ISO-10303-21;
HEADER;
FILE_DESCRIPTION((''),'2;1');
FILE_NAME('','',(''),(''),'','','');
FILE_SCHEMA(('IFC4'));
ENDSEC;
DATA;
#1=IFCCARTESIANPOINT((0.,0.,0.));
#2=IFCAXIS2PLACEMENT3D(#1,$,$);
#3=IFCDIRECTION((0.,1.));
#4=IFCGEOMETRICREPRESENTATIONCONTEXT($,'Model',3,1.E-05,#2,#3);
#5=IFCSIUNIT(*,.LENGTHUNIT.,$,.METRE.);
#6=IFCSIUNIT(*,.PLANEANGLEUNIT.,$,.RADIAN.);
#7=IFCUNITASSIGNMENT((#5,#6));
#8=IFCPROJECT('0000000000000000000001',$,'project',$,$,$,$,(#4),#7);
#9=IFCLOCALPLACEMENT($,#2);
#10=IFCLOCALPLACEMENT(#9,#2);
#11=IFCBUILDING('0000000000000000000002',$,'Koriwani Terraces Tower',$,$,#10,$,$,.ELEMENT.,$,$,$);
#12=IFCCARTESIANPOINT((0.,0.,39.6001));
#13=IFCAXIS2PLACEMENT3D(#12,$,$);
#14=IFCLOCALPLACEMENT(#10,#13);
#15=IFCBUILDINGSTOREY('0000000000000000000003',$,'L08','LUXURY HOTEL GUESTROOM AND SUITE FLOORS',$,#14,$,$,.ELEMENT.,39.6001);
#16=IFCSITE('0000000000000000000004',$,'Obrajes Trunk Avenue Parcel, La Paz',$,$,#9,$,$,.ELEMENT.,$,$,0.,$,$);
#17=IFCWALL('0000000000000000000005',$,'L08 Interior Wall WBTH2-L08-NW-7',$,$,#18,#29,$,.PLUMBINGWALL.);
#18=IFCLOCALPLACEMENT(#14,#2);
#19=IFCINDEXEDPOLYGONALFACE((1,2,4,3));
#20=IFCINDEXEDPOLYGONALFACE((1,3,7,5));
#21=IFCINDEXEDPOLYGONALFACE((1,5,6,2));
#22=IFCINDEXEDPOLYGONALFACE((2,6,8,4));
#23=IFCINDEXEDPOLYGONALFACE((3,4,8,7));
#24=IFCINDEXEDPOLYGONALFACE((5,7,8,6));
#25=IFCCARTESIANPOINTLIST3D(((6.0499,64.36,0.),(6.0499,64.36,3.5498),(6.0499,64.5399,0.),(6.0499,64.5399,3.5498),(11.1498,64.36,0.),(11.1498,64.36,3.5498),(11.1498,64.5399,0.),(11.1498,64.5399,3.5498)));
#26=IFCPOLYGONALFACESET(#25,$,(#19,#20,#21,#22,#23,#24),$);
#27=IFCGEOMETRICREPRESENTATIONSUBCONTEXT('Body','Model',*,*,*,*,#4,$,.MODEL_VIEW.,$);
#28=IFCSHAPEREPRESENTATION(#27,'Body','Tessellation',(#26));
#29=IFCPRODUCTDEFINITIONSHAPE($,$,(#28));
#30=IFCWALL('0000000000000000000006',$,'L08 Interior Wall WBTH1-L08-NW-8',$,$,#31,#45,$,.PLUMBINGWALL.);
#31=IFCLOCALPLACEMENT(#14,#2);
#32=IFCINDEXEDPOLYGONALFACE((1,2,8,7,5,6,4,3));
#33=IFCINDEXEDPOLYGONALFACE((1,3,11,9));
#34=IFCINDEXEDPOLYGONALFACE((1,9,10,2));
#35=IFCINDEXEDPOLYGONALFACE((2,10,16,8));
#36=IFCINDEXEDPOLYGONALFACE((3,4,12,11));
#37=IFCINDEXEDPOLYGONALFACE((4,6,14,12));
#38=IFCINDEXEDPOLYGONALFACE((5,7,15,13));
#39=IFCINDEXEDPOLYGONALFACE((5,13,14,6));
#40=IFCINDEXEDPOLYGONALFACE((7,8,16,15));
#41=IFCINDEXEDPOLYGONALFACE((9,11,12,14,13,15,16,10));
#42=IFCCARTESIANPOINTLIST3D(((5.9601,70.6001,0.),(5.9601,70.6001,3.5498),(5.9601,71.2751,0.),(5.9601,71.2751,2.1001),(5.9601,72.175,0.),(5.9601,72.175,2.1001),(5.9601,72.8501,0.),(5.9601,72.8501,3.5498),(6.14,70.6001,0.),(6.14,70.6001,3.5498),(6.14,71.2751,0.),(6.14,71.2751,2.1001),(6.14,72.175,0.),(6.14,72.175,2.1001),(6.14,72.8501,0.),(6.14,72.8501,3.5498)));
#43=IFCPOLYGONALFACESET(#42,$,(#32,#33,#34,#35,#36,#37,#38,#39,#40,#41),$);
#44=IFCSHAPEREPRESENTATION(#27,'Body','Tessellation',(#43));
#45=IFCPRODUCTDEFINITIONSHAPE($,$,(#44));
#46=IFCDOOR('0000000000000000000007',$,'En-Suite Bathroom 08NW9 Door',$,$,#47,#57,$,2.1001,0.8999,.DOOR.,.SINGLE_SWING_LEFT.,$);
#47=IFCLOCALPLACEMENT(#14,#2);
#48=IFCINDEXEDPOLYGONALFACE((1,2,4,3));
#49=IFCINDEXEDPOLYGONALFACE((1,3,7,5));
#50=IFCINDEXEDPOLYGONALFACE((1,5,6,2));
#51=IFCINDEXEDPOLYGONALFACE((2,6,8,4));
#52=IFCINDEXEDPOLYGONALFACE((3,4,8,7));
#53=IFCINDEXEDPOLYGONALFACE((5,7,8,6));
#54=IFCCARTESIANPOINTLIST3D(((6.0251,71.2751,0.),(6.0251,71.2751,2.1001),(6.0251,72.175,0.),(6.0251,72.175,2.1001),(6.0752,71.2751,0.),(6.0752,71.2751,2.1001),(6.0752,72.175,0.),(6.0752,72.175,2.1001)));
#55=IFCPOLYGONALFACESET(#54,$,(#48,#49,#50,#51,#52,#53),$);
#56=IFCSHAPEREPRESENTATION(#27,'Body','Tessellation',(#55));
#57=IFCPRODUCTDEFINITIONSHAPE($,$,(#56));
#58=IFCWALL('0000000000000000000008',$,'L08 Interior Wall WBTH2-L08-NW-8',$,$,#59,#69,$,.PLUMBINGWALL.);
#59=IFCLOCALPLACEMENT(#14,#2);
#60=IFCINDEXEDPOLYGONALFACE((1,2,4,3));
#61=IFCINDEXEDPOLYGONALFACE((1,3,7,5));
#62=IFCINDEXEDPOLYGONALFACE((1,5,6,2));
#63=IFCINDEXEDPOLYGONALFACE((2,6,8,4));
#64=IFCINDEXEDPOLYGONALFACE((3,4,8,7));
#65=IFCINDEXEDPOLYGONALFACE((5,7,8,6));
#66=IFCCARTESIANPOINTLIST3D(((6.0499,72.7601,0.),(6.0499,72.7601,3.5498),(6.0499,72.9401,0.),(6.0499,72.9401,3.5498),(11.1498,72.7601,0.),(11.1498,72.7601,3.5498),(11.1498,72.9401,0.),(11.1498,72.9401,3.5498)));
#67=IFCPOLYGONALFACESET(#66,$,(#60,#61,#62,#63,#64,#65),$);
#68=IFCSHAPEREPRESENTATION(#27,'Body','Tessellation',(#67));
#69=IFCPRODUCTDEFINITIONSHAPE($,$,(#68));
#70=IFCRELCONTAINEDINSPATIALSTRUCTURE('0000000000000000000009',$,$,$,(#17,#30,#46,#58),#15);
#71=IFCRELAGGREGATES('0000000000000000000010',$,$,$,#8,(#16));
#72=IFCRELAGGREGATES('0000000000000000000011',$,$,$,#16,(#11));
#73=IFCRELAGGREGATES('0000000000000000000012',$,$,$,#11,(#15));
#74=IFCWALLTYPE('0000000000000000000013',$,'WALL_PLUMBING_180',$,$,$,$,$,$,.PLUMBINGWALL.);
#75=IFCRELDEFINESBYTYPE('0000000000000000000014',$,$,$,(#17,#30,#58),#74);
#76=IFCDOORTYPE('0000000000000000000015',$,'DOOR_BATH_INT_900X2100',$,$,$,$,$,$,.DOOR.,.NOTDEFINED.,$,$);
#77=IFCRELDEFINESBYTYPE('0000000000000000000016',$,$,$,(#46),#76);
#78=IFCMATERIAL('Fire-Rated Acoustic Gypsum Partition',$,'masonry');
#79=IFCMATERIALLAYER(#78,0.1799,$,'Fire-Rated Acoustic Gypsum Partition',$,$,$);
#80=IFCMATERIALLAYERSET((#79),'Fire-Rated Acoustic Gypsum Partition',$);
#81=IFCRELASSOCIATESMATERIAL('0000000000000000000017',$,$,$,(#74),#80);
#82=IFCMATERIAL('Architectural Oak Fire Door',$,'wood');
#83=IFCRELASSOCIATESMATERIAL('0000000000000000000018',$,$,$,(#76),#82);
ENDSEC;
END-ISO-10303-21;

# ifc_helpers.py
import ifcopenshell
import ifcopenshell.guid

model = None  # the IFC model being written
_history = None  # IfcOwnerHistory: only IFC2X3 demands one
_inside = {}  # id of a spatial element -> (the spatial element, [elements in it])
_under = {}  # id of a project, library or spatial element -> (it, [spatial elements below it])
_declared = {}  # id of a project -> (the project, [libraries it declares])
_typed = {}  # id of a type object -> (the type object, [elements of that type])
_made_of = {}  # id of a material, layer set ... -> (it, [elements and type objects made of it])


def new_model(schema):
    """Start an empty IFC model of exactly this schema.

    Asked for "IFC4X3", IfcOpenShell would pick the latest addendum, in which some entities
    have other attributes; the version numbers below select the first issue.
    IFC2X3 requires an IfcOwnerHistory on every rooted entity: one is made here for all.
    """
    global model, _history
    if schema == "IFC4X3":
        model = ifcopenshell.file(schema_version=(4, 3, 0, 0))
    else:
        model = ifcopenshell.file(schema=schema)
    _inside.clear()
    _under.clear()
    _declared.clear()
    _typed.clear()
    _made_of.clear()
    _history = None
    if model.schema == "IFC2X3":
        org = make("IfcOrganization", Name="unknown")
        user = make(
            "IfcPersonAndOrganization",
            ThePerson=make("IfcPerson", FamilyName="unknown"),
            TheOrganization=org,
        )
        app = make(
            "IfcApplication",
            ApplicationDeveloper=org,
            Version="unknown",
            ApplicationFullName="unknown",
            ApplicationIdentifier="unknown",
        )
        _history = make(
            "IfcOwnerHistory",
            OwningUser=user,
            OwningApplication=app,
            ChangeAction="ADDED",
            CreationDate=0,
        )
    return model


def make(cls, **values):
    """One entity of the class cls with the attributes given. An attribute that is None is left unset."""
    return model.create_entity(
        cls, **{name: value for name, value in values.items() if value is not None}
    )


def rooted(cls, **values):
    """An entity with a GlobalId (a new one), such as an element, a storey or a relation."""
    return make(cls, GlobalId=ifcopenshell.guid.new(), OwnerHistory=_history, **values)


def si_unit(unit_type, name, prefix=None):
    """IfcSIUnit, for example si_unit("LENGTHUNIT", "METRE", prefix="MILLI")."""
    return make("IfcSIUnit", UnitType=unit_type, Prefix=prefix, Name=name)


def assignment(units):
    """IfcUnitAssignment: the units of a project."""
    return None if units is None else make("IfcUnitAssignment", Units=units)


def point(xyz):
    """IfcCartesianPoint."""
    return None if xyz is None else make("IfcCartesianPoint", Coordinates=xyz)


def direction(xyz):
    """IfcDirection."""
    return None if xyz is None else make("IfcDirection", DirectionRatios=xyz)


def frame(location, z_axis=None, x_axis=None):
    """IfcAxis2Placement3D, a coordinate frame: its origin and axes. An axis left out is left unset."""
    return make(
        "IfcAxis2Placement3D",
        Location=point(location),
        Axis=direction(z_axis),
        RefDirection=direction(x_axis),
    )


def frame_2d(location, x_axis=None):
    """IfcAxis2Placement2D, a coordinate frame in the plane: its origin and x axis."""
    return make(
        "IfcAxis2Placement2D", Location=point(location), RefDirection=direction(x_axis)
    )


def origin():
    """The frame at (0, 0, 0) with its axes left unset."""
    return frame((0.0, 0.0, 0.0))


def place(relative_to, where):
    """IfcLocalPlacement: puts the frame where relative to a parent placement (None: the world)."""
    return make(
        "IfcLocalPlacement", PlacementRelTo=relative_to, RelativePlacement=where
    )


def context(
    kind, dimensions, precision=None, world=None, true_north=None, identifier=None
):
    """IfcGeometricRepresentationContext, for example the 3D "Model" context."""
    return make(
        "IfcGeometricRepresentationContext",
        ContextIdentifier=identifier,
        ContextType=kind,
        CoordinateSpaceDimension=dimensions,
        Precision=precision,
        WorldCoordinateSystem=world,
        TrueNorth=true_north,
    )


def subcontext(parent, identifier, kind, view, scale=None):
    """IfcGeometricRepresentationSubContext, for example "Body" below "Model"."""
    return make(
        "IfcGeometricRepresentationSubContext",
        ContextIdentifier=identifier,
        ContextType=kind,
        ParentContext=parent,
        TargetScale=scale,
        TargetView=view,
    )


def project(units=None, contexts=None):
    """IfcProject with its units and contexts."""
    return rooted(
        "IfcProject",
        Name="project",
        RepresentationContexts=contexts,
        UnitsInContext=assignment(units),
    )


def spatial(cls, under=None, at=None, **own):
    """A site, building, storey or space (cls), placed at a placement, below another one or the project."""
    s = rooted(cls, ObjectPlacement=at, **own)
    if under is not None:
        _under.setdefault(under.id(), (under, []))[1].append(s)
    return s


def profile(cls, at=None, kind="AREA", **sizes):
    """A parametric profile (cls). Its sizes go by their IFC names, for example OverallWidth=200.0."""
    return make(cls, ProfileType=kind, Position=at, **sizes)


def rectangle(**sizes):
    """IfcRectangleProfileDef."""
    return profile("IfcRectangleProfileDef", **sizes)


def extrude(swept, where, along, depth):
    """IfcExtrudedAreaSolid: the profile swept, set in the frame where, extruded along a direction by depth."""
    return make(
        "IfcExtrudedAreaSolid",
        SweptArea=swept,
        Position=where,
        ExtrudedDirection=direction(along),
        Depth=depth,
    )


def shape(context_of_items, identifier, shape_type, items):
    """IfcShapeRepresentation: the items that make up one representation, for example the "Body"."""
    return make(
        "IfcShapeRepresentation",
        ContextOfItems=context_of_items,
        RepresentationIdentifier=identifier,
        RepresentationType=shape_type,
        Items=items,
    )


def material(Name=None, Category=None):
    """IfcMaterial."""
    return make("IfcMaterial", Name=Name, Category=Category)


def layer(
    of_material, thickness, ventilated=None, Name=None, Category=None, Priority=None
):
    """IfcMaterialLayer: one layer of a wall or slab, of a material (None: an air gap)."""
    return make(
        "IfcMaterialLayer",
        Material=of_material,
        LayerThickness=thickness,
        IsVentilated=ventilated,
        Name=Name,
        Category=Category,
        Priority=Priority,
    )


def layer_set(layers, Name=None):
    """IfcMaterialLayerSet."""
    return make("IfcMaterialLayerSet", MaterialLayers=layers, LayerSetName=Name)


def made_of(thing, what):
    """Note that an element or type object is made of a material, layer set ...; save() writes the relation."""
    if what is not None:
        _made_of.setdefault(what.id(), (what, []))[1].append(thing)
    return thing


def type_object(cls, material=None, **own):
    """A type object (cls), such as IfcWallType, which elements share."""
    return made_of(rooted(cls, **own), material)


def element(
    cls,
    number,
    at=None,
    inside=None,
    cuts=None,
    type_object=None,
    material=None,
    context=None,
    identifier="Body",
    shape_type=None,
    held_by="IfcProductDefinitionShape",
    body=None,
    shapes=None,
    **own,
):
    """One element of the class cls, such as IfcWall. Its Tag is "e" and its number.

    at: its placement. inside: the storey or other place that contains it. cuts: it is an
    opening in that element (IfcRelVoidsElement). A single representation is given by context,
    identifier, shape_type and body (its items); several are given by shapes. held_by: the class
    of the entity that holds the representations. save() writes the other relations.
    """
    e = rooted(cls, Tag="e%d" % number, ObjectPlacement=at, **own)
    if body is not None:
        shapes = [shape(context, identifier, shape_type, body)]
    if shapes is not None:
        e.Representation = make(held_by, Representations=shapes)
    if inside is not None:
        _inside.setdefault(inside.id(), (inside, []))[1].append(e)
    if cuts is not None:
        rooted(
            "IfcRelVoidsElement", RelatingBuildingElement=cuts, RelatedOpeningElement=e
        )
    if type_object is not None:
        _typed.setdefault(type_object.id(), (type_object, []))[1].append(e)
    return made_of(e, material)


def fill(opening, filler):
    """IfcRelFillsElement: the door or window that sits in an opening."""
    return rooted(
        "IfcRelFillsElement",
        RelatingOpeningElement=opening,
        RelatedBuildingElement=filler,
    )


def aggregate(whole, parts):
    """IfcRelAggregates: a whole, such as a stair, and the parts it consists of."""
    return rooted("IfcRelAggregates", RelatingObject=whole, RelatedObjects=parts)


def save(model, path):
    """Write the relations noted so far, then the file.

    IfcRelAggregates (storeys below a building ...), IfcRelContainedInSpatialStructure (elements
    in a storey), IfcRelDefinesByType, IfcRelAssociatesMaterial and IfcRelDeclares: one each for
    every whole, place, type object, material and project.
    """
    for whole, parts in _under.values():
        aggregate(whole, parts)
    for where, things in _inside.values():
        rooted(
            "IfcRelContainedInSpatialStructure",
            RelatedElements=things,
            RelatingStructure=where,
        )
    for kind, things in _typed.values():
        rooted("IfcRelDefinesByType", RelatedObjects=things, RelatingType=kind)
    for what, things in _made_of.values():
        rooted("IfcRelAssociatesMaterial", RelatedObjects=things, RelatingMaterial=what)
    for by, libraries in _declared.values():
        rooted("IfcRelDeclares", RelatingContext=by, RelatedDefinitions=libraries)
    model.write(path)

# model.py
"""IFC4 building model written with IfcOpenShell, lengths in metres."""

from ifc_helpers import new_model, si_unit, direction, frame, frame_2d, origin, place, context, subcontext, project, spatial, rectangle, extrude, material, layer, layer_set, type_object, element, fill, save


model = new_model("IFC4")

# Units and contexts
model_context = context("Model", 3, precision=1e-05, world=origin(), true_north=direction((0.0, 1.0)))
body_context = subcontext(model_context, "Body", "Model", "MODEL_VIEW")
ifc_project = project(units=[si_unit("LENGTHUNIT", "METRE"), si_unit("PLANEANGLEUNIT", "RADIAN")], contexts=[model_context])

# Site, building, storey
site_placement = place(None, origin())
site = spatial("IfcSite", under=ifc_project, at=site_placement, Name="Obrajes Trunk Avenue Parcel, La Paz", CompositionType="ELEMENT", RefElevation=0.0)
building_placement = place(site_placement, origin())
building = spatial("IfcBuilding", under=site, at=building_placement, Name="Koriwani Terraces Tower", CompositionType="ELEMENT")
storey_placement = place(building_placement, frame((0.0, 0.0, 39.6001)))
storey = spatial("IfcBuildingStorey", under=building, at=storey_placement, Name="L08", Description="LUXURY HOTEL GUESTROOM AND SUITE FLOORS", CompositionType="ELEMENT", Elevation=39.6001)

# Shared definitions
ifc_material_1 = material(Name="Fire-Rated Acoustic Gypsum Partition", Category="masonry")
ifc_layer_1 = layer(ifc_material_1, 0.1799, Name="Fire-Rated Acoustic Gypsum Partition")
ifc_layer_set_1 = layer_set([ifc_layer_1], Name="Fire-Rated Acoustic Gypsum Partition")
wall_type_1 = type_object("IfcWallType", Name="WALL_PLUMBING_180", PredefinedType="PLUMBINGWALL", material=ifc_layer_set_1)
ifc_material_2 = material(Name="Architectural Oak Fire Door", Category="wood")
door_type = type_object("IfcDoorType", Name="DOOR_BATH_INT_900X2100", OperationType="NOTDEFINED", PredefinedType="DOOR", material=ifc_material_2)

# Wall
wall_1_placement = place(storey_placement, frame((6.05, 64.45, 0.0), z_axis=(0.0, 0.0, 1.0), x_axis=(1.0, 0.0, 0.0)))
element("IfcWall", 1, at=wall_1_placement, inside=storey, type_object=wall_type_1, Name="L08 Interior Wall WBTH2-L08-NW-7", PredefinedType="PLUMBINGWALL", context=body_context, shape_type="SweptSolid", body=[
    extrude(rectangle(XDim=5.0999, YDim=0.1799, at=frame_2d((2.5498, 0.0))), origin(), (0.0, 0.0, 1.0), 3.5498),
])

# Wall, opening, door
wall_2_placement = place(storey_placement, frame((6.05, 70.6001, 0.0), z_axis=(0.0, 0.0, 1.0), x_axis=(0.0, 1.0, 0.0)))
wall_2 = element("IfcWall", 2, at=wall_2_placement, inside=storey, type_object=wall_type_1, Name="L08 Interior Wall WBTH1-L08-NW-8", PredefinedType="PLUMBINGWALL", context=body_context, shape_type="SweptSolid", body=[
    extrude(rectangle(XDim=2.25, YDim=0.1799, at=frame_2d((1.125, 0.0))), origin(), (0.0, 0.0, 1.0), 3.5498),
])
opening_1_placement = place(wall_2_placement, frame((0.675, 0.0, 0.0)))
opening_1 = element("IfcOpeningElement", 3, at=opening_1_placement, cuts=wall_2, PredefinedType="OPENING", context=body_context, shape_type="SweptSolid", body=[
    extrude(rectangle(XDim=0.8999, YDim=2.1001, at=frame_2d((0.45, 1.05))), frame((0.0, 0.1001, 0.0), z_axis=(0.0, -1.0, 0.0), x_axis=(1.0, 0.0, 0.0)), (0.0, 0.0, 1.0), 0.2),
])
door_1_placement = place(opening_1_placement, origin())
door_1 = element("IfcDoor", 4, at=door_1_placement, inside=storey, type_object=door_type, Name="En-Suite Bathroom 08NW9 Door", OperationType="SINGLE_SWING_LEFT", OverallHeight=2.1001, OverallWidth=0.8999, PredefinedType="DOOR", context=body_context, shape_type="SweptSolid", body=[
    extrude(rectangle(XDim=0.8999, YDim=2.1001, at=frame_2d((0.45, 1.05))), frame((0.0, 0.0249, 0.0), z_axis=(0.0, -1.0, 0.0), x_axis=(1.0, 0.0, 0.0)), (0.0, 0.0, 1.0), 0.05),
])
fill(opening_1, door_1)

# Wall
wall_3_placement = place(storey_placement, frame((6.05, 72.8501, 0.0), z_axis=(0.0, 0.0, 1.0), x_axis=(1.0, 0.0, 0.0)))
element("IfcWall", 5, at=wall_3_placement, inside=storey, type_object=wall_type_1, Name="L08 Interior Wall WBTH2-L08-NW-8", PredefinedType="PLUMBINGWALL", context=body_context, shape_type="SweptSolid", body=[
    extrude(rectangle(XDim=5.0999, YDim=0.1799, at=frame_2d((2.5498, 0.0))), origin(), (0.0, 0.0, 1.0), 3.5498),
])

save(model, "model.ifc")
